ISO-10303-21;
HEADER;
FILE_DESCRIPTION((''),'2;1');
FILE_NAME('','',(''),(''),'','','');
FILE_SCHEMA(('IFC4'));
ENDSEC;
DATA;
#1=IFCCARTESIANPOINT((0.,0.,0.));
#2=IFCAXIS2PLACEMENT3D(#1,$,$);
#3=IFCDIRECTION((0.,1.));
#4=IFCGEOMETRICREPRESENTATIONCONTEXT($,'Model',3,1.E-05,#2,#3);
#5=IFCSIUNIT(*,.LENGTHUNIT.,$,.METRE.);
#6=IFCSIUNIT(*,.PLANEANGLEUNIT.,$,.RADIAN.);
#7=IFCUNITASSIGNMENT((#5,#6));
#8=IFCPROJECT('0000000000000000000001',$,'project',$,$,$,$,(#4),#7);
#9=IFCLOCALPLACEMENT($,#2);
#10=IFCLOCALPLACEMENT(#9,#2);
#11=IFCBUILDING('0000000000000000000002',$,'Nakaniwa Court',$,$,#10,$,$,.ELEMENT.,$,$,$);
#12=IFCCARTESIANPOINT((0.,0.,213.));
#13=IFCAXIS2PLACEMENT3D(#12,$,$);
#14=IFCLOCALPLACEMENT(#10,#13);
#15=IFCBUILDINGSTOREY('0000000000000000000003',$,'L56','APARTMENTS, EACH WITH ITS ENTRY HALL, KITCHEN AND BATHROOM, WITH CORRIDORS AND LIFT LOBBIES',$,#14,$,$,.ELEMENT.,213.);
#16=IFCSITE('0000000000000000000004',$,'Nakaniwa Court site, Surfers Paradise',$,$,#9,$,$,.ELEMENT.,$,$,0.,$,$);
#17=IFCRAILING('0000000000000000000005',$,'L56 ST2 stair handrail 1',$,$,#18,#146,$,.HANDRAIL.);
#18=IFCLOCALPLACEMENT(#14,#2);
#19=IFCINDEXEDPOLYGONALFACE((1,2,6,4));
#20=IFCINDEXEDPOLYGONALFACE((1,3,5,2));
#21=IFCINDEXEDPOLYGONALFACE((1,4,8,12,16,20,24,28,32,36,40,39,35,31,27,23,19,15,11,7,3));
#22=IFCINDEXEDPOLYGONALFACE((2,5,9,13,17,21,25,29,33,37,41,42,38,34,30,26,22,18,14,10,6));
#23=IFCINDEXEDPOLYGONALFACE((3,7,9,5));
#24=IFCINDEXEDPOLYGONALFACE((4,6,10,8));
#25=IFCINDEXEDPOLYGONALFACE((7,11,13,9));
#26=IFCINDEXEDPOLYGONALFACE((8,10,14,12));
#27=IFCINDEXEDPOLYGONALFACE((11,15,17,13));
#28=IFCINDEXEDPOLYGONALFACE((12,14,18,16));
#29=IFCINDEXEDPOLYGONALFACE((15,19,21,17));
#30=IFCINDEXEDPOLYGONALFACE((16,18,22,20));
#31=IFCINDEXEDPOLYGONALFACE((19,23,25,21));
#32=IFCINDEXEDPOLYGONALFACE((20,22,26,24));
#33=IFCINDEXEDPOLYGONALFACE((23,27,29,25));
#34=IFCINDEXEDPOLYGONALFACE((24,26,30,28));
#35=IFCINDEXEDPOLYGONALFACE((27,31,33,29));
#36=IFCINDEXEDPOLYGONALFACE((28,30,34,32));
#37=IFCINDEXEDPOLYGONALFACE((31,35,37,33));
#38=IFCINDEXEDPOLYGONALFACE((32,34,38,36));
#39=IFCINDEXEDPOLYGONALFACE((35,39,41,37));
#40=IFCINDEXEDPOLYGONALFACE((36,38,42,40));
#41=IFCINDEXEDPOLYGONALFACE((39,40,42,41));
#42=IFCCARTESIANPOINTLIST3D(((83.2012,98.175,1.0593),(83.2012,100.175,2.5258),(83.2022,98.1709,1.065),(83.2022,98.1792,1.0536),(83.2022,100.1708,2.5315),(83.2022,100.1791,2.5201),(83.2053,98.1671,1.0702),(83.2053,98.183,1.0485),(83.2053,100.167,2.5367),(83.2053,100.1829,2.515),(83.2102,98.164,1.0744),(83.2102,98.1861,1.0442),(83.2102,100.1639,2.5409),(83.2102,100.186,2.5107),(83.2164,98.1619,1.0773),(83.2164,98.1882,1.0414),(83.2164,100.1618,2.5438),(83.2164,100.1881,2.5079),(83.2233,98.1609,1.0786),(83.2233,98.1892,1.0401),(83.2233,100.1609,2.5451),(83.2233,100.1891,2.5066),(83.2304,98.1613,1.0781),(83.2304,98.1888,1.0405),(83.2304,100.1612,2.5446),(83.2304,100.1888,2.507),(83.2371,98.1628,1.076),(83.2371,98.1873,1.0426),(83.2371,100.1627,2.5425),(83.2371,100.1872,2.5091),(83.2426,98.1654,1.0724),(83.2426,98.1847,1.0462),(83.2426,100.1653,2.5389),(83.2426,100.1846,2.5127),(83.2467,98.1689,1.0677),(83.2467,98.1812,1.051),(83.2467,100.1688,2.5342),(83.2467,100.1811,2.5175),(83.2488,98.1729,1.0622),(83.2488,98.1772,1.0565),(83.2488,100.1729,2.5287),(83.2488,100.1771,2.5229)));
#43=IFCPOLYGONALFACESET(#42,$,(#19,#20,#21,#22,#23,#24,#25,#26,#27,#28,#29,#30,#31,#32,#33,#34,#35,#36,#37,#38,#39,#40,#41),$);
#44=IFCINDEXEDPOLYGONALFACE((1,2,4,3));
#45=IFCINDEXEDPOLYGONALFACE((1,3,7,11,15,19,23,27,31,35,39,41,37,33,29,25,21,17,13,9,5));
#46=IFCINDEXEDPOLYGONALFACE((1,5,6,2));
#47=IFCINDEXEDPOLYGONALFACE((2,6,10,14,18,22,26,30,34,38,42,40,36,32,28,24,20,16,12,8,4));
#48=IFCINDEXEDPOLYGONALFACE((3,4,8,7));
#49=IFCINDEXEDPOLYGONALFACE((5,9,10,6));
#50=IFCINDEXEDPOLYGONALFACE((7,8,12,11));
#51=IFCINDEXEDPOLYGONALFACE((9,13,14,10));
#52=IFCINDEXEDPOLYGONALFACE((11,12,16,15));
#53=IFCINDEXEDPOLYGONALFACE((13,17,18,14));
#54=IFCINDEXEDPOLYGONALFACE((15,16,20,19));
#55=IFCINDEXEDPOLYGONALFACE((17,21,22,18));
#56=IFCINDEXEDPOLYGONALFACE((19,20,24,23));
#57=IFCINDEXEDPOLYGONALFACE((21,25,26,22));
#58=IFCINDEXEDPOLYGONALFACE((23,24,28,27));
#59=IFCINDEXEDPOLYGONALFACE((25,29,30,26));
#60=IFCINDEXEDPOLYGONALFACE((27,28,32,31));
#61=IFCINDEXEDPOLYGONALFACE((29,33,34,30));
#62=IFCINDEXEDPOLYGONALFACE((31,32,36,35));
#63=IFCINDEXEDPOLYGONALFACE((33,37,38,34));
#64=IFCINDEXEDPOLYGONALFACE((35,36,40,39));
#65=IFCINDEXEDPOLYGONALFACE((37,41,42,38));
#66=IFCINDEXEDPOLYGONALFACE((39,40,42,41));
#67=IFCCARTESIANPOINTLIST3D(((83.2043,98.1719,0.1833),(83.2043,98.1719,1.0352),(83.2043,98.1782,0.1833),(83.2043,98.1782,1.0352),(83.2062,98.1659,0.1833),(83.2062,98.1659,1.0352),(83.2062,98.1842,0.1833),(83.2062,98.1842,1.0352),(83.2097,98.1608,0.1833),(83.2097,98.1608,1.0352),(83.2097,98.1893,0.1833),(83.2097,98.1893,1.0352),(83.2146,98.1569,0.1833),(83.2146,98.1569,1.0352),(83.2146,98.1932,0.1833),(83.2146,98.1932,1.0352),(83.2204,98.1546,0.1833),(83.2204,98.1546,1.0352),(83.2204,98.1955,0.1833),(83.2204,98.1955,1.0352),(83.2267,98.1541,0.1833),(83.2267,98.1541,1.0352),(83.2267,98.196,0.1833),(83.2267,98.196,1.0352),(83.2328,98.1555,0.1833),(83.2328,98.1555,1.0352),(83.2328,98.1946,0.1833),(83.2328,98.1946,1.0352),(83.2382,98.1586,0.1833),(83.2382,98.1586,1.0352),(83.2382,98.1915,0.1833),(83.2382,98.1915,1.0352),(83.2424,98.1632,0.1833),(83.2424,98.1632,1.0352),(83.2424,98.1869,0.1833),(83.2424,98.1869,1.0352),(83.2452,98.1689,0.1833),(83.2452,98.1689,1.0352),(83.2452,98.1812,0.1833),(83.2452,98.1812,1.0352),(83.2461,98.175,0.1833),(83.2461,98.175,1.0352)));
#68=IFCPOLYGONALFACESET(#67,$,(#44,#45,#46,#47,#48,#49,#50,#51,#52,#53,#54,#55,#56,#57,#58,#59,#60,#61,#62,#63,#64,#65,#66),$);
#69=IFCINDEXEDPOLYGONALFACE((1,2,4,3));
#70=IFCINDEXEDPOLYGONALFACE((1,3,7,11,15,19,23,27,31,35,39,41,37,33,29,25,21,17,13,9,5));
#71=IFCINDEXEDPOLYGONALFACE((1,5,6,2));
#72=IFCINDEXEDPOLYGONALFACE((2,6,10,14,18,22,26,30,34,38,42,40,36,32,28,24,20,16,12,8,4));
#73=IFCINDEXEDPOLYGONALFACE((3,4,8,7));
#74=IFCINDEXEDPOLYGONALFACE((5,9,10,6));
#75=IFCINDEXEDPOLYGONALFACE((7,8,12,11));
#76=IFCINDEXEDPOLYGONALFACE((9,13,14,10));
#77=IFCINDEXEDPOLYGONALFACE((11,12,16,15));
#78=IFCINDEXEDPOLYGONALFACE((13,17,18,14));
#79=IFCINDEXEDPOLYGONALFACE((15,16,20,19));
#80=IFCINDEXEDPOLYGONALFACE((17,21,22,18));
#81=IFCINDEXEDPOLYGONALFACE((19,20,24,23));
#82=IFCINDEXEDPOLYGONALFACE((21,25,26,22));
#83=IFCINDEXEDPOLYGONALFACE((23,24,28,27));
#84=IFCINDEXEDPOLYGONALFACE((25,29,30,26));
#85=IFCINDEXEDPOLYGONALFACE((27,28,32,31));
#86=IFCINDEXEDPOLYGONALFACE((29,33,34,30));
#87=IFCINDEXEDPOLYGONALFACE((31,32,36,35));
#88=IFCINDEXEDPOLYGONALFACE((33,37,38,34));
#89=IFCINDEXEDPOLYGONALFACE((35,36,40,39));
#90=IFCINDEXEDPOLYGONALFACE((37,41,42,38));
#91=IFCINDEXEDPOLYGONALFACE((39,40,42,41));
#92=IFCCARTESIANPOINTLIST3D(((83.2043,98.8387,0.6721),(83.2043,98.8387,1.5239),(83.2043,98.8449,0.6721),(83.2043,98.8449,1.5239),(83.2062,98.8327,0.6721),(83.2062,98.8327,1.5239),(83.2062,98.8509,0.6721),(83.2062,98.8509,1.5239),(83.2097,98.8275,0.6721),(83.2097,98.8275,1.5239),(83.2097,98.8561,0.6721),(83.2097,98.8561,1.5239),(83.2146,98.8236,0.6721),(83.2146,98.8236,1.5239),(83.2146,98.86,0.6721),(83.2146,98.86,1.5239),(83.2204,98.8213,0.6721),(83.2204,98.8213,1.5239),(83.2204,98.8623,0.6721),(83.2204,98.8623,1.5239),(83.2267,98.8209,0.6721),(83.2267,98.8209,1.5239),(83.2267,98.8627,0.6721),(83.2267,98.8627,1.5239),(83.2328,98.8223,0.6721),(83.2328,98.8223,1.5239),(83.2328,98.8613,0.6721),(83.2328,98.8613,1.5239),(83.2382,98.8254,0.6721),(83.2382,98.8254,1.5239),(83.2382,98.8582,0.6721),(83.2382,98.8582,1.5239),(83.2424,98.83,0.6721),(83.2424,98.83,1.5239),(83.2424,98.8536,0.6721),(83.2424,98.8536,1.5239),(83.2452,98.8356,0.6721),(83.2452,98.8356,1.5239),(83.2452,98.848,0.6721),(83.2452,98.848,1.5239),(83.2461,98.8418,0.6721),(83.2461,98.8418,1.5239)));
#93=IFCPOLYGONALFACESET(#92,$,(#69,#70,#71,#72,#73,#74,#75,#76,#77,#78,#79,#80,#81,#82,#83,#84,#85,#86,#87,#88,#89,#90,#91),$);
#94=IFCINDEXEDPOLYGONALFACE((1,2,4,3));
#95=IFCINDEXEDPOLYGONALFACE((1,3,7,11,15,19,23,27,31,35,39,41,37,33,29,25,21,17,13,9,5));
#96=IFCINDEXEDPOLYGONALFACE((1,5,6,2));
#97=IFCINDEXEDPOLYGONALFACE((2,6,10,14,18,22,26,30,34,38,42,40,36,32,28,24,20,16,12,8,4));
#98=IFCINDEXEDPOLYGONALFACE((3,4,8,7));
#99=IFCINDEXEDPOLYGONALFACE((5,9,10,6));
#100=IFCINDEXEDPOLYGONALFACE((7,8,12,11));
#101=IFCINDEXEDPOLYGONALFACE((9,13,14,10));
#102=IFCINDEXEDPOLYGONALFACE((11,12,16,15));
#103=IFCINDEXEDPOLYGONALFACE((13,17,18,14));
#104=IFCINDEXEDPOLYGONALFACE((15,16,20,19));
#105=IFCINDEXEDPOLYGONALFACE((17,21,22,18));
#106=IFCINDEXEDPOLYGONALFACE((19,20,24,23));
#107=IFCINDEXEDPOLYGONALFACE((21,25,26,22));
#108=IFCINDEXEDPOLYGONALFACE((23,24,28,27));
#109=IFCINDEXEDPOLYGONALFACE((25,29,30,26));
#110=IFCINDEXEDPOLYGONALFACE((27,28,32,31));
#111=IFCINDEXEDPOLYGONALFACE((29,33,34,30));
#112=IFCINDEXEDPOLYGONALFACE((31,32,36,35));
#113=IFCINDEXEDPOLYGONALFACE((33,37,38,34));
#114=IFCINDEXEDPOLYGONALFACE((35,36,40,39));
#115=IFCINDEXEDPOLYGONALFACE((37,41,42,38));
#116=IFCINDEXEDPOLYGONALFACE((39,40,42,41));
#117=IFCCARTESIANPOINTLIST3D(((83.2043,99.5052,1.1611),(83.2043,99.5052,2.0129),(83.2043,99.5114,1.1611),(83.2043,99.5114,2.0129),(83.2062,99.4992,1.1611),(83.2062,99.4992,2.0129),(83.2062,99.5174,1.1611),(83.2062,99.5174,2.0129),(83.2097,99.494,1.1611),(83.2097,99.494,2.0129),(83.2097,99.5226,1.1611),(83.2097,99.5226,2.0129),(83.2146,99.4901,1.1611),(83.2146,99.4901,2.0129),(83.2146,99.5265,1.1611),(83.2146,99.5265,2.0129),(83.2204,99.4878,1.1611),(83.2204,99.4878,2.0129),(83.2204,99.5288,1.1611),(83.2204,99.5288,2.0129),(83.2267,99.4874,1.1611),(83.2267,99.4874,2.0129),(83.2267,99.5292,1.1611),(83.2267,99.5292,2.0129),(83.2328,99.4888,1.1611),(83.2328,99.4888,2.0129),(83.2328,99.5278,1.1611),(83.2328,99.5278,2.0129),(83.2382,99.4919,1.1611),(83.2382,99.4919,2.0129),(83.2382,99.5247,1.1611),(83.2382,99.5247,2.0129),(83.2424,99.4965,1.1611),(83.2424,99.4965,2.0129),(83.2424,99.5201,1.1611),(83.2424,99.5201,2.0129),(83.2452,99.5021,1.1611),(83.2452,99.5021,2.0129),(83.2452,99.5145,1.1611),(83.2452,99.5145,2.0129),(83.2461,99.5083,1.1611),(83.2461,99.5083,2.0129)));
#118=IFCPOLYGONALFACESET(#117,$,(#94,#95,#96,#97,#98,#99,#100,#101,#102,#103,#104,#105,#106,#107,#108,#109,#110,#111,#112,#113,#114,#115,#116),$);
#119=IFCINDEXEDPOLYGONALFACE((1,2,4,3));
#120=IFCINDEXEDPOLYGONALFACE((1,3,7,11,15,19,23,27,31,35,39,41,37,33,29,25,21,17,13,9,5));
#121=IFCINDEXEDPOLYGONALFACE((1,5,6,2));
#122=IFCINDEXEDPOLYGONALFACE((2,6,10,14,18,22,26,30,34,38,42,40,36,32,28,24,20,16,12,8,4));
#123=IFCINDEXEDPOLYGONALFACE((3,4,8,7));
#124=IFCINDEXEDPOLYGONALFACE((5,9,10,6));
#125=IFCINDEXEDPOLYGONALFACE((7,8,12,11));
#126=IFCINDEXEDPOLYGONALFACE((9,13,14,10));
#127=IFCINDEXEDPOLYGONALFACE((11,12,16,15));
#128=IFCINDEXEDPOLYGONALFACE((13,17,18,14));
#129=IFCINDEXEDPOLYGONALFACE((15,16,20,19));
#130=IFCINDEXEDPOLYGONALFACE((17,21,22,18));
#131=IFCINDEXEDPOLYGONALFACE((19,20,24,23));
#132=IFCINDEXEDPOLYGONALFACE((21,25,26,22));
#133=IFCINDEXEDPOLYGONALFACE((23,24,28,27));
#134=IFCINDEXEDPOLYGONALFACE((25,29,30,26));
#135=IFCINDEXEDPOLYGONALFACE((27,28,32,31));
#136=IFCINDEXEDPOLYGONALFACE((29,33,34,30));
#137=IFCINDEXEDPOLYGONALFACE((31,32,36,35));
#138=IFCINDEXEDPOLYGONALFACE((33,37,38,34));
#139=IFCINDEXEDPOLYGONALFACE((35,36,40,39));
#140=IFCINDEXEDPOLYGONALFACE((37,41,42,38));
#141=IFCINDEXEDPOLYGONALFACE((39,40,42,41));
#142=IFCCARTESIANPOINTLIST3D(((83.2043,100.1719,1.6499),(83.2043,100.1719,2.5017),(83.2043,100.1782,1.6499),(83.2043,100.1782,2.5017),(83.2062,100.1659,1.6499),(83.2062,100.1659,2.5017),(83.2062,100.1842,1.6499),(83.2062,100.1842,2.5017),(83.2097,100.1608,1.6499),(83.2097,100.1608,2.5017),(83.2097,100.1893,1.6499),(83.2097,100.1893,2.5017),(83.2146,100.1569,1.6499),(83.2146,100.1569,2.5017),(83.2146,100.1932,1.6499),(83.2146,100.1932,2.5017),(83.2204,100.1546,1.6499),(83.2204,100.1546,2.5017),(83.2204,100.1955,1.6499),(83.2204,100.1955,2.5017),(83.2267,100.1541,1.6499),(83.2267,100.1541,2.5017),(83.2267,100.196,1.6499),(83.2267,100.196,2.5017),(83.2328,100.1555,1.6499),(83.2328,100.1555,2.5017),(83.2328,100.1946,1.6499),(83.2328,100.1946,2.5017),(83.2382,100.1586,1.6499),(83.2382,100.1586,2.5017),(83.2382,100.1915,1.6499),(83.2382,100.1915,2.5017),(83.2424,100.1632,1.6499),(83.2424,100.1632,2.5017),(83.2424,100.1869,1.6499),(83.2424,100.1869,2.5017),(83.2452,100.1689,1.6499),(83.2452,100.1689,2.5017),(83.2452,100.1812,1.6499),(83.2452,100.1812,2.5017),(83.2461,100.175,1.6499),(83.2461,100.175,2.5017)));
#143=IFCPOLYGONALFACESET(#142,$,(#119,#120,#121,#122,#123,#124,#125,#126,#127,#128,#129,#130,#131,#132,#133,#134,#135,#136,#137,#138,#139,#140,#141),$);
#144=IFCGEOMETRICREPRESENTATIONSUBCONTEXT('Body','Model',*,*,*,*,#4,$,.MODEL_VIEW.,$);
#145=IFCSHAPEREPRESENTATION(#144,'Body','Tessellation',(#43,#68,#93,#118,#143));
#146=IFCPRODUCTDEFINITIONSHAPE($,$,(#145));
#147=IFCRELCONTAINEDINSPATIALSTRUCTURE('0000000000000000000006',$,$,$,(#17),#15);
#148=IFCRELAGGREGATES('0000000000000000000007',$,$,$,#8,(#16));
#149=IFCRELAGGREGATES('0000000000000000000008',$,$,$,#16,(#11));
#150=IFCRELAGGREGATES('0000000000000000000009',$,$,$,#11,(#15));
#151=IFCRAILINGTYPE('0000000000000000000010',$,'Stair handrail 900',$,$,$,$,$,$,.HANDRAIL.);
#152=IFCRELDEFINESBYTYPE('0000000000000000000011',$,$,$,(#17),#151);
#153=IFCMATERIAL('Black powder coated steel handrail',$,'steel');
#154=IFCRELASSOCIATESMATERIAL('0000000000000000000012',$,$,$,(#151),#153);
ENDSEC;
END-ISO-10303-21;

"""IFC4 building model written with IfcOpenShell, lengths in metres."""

from ifc_helpers import new_model, si_unit, direction, frame, origin, origin_2d, place, context, subcontext, project, spatial, circle, extrude, material, type_object, element, save


model = new_model("IFC4")

# Units and contexts
model_context = context("Model", 3, precision=1e-05, world=origin(), true_north=direction((0.0, 1.0)))
body_context = subcontext(model_context, "Body", "Model", "MODEL_VIEW")
ifc_project = project(units=[si_unit("LENGTHUNIT", "METRE"), si_unit("PLANEANGLEUNIT", "RADIAN")], contexts=[model_context])

# Site, building, storey
site_placement = place(None, origin())
site = spatial("IfcSite", under=ifc_project, at=site_placement, Name="Nakaniwa Court site, Surfers Paradise", CompositionType="ELEMENT", RefElevation=0.0)
building_placement = place(site_placement, origin())
building = spatial("IfcBuilding", under=site, at=building_placement, Name="Nakaniwa Court", CompositionType="ELEMENT")
storey_placement = place(building_placement, frame((0.0, 0.0, 213.0)))
storey = spatial("IfcBuildingStorey", under=building, at=storey_placement, Name="L56", Description="APARTMENTS, EACH WITH ITS ENTRY HALL, KITCHEN AND BATHROOM, WITH CORRIDORS AND LIFT LOBBIES", CompositionType="ELEMENT", Elevation=213.0)

# Railing
ifc_material_1 = material(Name="Black powder coated steel handrail", Category="steel")
railing_type_1 = type_object("IfcRailingType", Name="Stair handrail 900", PredefinedType="HANDRAIL", material=ifc_material_1)
railing_1_placement = place(storey_placement, frame((83.2251, 98.175, 0.1833)))
element("IfcRailing", 1, at=railing_1_placement, inside=storey, type_object=railing_type_1, Name="L56 ST2 stair handrail 1", PredefinedType="HANDRAIL", context=body_context, shape_type="SweptSolid", body=[
    extrude(circle(Radius=0.0239, at=origin_2d()), frame((0.0, 0.0, 0.876), z_axis=(0.0, 0.806427, 0.591334), x_axis=(-1.0, 0.0, 0.0)), (0.0, 0.0, 1.0), 2.48),
    extrude(circle(Radius=0.021, at=origin_2d()), origin(), (0.0, 0.0, 1.0), 0.8518),
    extrude(circle(Radius=0.021, at=origin_2d()), frame((0.0, 0.6667, 0.4888)), (0.0, 0.0, 1.0), 0.8518),
    extrude(circle(Radius=0.021, at=origin_2d()), frame((0.0, 1.3333, 0.9778)), (0.0, 0.0, 1.0), 0.8518),
    extrude(circle(Radius=0.021, at=origin_2d()), frame((0.0, 2.0, 1.4666)), (0.0, 0.0, 1.0), 0.8518),
])

save(model, "model.ifc")
